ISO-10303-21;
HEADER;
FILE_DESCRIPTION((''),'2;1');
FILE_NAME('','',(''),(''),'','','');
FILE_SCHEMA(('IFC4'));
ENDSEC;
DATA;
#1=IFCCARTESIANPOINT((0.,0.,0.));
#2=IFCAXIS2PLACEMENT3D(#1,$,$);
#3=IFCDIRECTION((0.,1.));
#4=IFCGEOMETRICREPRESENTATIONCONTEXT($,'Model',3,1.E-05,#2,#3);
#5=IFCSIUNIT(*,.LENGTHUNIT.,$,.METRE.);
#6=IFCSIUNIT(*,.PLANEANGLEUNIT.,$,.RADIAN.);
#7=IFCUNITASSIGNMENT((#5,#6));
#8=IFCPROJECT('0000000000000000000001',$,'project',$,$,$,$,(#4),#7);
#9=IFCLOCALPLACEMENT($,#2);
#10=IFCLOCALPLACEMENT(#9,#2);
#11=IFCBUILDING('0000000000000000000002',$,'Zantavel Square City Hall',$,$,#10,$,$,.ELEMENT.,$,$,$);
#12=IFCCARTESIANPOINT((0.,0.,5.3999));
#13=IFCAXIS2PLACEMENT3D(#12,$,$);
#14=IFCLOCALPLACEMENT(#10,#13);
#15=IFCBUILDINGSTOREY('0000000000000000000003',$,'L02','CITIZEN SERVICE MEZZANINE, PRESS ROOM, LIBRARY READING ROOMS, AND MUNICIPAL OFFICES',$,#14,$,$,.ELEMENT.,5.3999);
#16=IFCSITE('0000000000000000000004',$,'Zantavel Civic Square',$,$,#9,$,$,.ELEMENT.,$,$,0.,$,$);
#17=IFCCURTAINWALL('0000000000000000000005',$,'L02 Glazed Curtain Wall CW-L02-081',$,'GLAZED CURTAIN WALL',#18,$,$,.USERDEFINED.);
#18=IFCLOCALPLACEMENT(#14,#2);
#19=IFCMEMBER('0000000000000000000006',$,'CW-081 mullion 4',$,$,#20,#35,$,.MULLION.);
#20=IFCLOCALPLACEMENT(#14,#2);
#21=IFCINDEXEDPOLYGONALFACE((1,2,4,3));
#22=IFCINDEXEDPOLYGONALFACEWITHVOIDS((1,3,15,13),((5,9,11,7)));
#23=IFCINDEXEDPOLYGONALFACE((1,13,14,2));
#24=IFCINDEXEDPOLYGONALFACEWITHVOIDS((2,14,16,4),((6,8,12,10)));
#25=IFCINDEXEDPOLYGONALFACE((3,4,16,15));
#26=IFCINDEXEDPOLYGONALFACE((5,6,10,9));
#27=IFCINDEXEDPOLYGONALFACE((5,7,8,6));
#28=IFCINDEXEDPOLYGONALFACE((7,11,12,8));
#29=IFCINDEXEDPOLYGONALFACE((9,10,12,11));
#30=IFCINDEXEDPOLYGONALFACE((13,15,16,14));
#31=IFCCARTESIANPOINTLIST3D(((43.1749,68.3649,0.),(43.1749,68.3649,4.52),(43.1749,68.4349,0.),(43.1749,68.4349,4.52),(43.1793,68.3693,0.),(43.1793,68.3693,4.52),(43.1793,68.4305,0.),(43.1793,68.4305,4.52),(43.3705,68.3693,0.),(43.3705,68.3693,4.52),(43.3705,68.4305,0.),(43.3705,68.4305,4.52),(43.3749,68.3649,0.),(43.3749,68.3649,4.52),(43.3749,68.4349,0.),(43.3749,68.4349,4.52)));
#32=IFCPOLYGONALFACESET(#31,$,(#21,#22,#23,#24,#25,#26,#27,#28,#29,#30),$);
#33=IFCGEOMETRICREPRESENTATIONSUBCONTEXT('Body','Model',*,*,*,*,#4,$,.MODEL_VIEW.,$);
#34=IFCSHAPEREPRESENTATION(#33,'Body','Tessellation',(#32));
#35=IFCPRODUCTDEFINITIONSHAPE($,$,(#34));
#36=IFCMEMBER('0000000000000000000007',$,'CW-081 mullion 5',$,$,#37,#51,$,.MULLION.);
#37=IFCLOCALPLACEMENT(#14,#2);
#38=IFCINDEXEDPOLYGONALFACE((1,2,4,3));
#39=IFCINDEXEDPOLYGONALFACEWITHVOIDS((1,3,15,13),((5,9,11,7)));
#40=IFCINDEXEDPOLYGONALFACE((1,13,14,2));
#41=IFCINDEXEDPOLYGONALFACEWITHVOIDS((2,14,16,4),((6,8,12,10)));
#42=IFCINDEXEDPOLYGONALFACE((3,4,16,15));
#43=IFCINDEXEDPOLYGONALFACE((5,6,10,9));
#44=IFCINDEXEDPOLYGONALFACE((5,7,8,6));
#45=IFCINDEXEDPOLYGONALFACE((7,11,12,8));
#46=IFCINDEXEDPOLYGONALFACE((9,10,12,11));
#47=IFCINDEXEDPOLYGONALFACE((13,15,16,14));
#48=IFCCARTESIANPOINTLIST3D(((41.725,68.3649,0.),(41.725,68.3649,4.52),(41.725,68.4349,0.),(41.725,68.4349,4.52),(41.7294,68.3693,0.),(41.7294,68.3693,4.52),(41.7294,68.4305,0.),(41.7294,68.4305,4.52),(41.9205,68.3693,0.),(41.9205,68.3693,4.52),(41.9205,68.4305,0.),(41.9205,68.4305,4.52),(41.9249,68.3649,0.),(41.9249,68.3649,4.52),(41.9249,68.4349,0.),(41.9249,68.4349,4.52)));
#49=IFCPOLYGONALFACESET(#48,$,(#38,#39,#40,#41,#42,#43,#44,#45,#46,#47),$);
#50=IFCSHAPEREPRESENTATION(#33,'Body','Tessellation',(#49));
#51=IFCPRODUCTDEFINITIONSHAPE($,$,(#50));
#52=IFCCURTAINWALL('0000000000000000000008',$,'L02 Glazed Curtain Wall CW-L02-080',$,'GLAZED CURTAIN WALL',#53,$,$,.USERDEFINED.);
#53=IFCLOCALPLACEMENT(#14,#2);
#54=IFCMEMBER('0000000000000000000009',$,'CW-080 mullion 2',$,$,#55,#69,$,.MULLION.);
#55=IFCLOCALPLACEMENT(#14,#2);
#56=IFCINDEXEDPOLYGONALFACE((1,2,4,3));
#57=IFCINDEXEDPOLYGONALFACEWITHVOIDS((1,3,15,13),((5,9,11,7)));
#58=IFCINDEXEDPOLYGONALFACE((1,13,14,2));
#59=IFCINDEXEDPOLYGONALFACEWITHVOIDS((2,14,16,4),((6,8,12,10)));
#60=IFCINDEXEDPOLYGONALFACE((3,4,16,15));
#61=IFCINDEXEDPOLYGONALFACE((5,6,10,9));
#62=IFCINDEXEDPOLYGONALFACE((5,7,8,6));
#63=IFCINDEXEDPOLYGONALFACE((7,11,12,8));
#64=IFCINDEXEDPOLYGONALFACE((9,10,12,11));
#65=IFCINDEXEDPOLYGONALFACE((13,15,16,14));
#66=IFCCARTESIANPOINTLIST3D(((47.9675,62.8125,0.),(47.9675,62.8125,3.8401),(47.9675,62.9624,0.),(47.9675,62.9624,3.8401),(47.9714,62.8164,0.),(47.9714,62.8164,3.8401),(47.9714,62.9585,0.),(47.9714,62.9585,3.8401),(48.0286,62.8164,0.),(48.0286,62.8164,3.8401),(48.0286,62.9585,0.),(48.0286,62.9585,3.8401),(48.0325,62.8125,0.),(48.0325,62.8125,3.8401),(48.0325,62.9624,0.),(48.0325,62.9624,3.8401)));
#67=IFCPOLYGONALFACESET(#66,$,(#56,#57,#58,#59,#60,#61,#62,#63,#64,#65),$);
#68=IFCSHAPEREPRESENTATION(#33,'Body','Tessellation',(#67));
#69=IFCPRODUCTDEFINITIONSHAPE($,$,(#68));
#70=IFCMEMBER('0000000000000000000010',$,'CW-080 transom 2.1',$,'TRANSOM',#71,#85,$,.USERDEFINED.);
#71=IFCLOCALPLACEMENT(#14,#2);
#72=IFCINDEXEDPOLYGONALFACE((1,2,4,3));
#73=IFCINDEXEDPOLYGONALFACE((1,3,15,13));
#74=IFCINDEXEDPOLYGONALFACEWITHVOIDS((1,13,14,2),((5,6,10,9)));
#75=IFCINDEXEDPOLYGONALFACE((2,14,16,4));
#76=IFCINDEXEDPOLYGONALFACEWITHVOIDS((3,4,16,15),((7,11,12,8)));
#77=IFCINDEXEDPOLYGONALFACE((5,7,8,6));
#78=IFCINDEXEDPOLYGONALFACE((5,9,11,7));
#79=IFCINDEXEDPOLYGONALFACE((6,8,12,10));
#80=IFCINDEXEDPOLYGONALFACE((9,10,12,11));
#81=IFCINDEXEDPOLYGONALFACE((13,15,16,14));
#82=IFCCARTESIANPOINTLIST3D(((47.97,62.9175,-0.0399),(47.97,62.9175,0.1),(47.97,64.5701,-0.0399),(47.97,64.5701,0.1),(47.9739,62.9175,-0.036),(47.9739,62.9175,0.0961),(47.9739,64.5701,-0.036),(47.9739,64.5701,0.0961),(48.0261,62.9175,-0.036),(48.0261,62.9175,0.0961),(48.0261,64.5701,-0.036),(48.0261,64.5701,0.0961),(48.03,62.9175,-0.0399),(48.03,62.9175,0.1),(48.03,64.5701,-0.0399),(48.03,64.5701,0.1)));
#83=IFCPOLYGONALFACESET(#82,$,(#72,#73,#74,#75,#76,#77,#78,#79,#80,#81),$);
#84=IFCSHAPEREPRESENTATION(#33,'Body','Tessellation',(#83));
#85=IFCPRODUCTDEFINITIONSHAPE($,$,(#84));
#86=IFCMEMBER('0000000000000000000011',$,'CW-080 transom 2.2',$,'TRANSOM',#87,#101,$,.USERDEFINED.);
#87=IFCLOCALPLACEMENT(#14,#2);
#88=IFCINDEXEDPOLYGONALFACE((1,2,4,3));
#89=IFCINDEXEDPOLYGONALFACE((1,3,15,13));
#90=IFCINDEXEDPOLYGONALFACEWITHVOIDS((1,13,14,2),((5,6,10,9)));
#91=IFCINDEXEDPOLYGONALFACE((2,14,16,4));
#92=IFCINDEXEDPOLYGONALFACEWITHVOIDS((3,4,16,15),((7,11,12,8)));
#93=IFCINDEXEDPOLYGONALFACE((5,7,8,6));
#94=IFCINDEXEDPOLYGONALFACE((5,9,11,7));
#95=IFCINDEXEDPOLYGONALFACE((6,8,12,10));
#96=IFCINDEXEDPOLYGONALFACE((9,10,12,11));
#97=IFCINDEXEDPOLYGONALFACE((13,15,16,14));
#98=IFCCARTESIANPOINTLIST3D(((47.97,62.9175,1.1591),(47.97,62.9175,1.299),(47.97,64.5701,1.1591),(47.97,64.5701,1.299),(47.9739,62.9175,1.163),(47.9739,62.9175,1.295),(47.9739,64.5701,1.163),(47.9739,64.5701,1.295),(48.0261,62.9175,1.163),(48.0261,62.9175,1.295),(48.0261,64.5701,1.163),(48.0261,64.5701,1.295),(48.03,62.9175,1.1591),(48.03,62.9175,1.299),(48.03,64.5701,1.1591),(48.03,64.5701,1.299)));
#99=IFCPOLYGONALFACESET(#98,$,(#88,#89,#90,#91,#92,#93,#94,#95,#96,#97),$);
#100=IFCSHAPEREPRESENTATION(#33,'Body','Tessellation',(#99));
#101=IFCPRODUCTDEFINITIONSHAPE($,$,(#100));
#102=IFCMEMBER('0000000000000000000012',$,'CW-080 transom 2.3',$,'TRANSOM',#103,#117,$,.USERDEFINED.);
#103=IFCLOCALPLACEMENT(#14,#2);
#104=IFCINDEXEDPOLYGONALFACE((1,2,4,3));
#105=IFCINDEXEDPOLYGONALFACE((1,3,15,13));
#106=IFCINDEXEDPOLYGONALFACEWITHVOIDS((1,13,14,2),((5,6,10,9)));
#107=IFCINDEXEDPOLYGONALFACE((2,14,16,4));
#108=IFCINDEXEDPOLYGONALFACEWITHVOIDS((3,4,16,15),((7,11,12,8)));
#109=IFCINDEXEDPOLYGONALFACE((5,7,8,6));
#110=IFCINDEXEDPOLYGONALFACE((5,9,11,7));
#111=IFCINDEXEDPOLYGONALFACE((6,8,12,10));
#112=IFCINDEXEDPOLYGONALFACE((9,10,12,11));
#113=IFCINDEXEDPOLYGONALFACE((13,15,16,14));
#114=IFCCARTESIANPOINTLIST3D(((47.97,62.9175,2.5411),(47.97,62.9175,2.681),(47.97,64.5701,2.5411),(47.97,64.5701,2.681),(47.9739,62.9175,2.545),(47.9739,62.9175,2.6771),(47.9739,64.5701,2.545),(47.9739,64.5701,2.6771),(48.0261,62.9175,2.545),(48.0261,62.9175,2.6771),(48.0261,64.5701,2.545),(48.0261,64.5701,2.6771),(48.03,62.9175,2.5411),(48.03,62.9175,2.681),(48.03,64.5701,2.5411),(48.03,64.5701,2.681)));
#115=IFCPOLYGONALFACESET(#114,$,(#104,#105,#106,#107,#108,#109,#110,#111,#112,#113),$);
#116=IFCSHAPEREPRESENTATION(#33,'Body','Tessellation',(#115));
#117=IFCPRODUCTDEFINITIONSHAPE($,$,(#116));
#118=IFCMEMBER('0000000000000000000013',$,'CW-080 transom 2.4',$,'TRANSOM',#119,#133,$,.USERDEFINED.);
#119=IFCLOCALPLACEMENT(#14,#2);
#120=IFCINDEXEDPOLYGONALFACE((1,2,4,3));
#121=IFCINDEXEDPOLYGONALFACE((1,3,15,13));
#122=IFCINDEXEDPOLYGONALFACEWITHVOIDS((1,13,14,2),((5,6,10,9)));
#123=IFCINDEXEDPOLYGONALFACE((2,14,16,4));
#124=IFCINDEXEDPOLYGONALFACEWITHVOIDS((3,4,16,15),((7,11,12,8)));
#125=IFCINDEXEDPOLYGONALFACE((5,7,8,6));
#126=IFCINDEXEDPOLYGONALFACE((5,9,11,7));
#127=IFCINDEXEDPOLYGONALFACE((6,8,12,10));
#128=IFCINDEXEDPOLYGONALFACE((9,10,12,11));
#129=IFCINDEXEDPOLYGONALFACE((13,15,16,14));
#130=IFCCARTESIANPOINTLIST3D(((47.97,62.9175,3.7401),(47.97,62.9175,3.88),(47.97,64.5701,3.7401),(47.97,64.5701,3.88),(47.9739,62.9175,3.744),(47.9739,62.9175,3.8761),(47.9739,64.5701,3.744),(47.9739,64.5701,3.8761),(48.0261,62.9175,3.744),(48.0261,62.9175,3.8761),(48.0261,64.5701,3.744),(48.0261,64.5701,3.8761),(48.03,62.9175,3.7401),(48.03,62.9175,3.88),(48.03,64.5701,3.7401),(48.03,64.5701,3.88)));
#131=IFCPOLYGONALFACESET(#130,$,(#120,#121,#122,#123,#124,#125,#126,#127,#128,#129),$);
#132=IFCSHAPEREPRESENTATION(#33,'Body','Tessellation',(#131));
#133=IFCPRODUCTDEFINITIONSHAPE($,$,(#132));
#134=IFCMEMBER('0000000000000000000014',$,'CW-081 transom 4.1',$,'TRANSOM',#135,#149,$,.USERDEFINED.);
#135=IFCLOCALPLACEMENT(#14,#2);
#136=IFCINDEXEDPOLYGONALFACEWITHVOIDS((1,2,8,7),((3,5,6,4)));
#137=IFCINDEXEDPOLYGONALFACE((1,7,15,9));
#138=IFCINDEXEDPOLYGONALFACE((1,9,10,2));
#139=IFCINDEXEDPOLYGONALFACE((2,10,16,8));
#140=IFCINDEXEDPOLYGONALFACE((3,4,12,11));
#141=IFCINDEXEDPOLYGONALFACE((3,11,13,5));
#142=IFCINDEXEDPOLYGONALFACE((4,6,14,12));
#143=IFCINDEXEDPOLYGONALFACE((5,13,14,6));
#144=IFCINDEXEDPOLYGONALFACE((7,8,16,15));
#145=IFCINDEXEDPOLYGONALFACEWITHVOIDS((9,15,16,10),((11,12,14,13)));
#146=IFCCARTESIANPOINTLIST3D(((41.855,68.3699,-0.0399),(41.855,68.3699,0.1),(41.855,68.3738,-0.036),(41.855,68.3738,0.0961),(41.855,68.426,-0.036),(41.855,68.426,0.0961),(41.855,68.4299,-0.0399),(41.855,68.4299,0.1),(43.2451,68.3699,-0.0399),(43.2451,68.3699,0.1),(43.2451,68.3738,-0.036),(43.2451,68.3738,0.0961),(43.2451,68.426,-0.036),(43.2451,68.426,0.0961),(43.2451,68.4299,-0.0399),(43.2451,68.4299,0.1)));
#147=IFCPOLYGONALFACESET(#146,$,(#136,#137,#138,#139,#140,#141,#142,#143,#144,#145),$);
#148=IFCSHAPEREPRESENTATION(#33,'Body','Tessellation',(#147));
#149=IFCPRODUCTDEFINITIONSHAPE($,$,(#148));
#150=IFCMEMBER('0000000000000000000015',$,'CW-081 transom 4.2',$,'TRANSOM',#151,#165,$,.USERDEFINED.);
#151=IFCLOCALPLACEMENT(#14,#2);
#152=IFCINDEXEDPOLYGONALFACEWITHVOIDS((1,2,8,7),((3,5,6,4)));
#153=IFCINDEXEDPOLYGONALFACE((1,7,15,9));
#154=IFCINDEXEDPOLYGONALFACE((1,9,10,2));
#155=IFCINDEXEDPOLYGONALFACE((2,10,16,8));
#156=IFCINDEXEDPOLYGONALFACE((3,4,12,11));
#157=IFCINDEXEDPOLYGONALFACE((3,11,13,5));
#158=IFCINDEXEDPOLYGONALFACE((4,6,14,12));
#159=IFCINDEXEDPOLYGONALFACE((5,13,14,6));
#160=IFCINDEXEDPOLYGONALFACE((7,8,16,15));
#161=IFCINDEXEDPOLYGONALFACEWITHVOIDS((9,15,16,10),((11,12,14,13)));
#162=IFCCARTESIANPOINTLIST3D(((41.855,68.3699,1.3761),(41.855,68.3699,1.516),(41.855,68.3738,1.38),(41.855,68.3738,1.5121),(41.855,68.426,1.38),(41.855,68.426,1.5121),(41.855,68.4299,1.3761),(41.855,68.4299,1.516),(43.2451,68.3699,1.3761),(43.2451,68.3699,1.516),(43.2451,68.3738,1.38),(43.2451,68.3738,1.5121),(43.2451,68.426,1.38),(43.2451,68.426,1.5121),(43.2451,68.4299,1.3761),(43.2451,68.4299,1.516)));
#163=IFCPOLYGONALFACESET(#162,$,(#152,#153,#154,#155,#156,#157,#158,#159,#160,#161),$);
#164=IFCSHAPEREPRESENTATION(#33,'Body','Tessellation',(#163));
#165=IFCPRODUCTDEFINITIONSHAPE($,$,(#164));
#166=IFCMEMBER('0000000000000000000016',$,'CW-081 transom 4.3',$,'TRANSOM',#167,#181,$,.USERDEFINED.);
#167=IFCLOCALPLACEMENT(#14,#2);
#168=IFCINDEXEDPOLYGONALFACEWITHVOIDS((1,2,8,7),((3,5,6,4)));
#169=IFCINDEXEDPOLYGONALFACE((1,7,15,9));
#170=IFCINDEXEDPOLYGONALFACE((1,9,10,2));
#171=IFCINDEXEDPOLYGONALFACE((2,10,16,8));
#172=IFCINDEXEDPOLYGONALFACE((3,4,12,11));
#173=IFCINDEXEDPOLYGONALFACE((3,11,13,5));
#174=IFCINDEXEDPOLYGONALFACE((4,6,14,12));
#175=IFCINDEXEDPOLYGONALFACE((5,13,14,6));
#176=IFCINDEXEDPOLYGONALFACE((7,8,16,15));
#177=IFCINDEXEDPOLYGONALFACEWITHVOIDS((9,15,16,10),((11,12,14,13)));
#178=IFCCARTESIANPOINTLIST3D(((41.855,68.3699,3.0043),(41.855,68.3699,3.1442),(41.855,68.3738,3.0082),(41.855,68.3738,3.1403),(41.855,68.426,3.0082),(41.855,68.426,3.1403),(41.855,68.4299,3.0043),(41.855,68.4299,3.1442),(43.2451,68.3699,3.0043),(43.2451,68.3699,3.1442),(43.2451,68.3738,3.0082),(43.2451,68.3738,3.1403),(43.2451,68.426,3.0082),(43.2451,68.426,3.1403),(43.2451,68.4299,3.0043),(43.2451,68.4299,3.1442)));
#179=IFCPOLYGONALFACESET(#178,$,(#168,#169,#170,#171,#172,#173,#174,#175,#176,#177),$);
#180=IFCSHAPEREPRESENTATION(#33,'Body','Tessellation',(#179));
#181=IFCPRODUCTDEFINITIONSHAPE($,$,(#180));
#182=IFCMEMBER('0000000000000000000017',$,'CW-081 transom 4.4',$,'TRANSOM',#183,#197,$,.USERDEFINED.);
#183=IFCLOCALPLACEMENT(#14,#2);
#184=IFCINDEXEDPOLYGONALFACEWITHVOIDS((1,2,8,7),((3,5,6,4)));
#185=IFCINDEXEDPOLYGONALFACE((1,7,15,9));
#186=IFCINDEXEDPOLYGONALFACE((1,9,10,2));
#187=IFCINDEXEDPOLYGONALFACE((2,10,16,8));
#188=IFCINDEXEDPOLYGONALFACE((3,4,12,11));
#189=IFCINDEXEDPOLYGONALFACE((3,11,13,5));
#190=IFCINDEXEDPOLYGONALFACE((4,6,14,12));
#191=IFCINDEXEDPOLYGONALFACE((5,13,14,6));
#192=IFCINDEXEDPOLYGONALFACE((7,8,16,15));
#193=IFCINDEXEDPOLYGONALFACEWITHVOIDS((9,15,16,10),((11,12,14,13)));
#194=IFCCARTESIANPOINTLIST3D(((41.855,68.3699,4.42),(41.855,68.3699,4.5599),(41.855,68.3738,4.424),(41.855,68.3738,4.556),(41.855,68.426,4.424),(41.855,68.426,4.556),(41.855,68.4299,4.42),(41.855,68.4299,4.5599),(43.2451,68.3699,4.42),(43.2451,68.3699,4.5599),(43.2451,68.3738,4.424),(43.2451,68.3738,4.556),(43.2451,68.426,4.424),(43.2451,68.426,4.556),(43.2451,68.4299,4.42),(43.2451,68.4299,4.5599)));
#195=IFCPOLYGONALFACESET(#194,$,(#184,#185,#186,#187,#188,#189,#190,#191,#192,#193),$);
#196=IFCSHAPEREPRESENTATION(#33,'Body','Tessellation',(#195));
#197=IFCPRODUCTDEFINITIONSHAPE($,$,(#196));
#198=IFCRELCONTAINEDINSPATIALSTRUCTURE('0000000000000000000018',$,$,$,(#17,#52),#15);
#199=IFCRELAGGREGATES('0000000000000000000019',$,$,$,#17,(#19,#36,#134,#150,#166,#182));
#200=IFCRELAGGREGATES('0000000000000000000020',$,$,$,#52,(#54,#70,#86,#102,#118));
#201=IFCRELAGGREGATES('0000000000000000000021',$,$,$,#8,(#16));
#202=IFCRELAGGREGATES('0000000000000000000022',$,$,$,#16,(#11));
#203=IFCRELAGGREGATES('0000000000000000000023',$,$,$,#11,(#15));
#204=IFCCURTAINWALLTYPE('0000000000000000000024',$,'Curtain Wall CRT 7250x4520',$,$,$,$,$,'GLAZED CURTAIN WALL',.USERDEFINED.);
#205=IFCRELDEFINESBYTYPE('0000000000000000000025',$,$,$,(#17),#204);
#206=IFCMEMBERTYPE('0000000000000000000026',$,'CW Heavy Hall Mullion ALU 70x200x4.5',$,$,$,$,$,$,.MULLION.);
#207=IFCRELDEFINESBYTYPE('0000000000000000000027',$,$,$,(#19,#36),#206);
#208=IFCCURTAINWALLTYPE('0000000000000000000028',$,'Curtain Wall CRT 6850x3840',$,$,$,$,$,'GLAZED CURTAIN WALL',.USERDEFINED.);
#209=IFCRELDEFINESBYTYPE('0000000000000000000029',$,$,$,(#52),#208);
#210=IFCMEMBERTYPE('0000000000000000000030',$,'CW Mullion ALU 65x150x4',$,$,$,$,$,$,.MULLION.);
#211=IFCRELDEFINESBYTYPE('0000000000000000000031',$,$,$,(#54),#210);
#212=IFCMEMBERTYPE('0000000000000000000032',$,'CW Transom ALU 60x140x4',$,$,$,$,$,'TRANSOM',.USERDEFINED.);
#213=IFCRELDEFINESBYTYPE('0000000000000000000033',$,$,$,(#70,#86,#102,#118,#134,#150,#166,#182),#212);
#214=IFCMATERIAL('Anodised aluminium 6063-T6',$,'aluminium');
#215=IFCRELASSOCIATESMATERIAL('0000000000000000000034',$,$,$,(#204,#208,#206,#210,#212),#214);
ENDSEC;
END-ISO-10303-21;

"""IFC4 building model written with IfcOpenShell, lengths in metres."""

from ifc_helpers import new_model, si_unit, direction, frame, origin, origin_2d, place, context, subcontext, project, spatial, hollow_rectangle, extrude, material, material_profile, profile_set, type_object, element, aggregate, save


model = new_model("IFC4")

# Units and contexts
model_context = context("Model", 3, precision=1e-05, world=origin(), true_north=direction((0.0, 1.0)))
body_context = subcontext(model_context, "Body", "Model", "MODEL_VIEW")
ifc_project = project(units=[si_unit("LENGTHUNIT", "METRE"), si_unit("PLANEANGLEUNIT", "RADIAN")], contexts=[model_context])

# Site, building, storey
site_placement = place(None, origin())
site = spatial("IfcSite", under=ifc_project, at=site_placement, Name="Zantavel Civic Square", CompositionType="ELEMENT", RefElevation=0.0)
building_placement = place(site_placement, origin())
building = spatial("IfcBuilding", under=site, at=building_placement, Name="Zantavel Square City Hall", CompositionType="ELEMENT")
storey_placement = place(building_placement, frame((0.0, 0.0, 5.3999)))
storey = spatial("IfcBuildingStorey", under=building, at=storey_placement, Name="L02", Description="CITIZEN SERVICE MEZZANINE, PRESS ROOM, LIBRARY READING ROOMS, AND MUNICIPAL OFFICES", CompositionType="ELEMENT", Elevation=5.3999)

# Curtain walls, members
ifc_material_1 = material(Name="Anodised aluminium 6063-T6", Category="aluminium")
curtain_wall_type_1 = type_object("IfcCurtainWallType", Name="Curtain Wall CRT 7250x4520", ElementType="GLAZED CURTAIN WALL", PredefinedType="USERDEFINED", material=ifc_material_1)
curtain_wall_1_placement = place(storey_placement, origin())
curtain_wall_1 = element("IfcCurtainWall", 1, at=curtain_wall_1_placement, inside=storey, type_object=curtain_wall_type_1, Name="L02 Glazed Curtain Wall CW-L02-081", ObjectType="GLAZED CURTAIN WALL", PredefinedType="USERDEFINED")
ifc_material_profile_1 = material_profile(ifc_material_1, hollow_rectangle(XDim=0.0701, YDim=0.2, WallThickness=0.0044, at=origin_2d()), Name="ALU 70x200x4.5")
ifc_profile_set_1 = profile_set([ifc_material_profile_1], Name="Anodised aluminium 6063-T6")
member_type_1 = type_object("IfcMemberType", Name="CW Heavy Hall Mullion ALU 70x200x4.5", PredefinedType="MULLION", material=ifc_profile_set_1)
member_1_placement = place(storey_placement, frame((43.2749, 68.3999, 0.0), z_axis=(0.0, 0.0, 1.0), x_axis=(0.0, -1.0, 0.0)))
member_1 = element("IfcMember", 2, at=member_1_placement, type_object=member_type_1, Name="CW-081 mullion 4", PredefinedType="MULLION", context=body_context, shape_type="SweptSolid", body=[
    extrude(hollow_rectangle(XDim=0.0701, YDim=0.2, WallThickness=0.0044, at=origin_2d()), origin(), (0.0, 0.0, 1.0), 4.52),
])
member_2_placement = place(storey_placement, frame((41.825, 68.3999, 0.0), z_axis=(0.0, 0.0, 1.0), x_axis=(0.0, -1.0, 0.0)))
member_2 = element("IfcMember", 3, at=member_2_placement, type_object=member_type_1, Name="CW-081 mullion 5", PredefinedType="MULLION", context=body_context, shape_type="SweptSolid", body=[
    extrude(hollow_rectangle(XDim=0.0701, YDim=0.2, WallThickness=0.0044, at=origin_2d()), origin(), (0.0, 0.0, 1.0), 4.52),
])
curtain_wall_type_2 = type_object("IfcCurtainWallType", Name="Curtain Wall CRT 6850x3840", ElementType="GLAZED CURTAIN WALL", PredefinedType="USERDEFINED", material=ifc_material_1)
curtain_wall_2_placement = place(storey_placement, origin())
curtain_wall_2 = element("IfcCurtainWall", 4, at=curtain_wall_2_placement, inside=storey, type_object=curtain_wall_type_2, Name="L02 Glazed Curtain Wall CW-L02-080", ObjectType="GLAZED CURTAIN WALL", PredefinedType="USERDEFINED")
ifc_material_profile_2 = material_profile(ifc_material_1, hollow_rectangle(XDim=0.0649, YDim=0.1499, WallThickness=0.0039, at=origin_2d()), Name="ALU 65x150x4")
ifc_profile_set_2 = profile_set([ifc_material_profile_2], Name="Anodised aluminium 6063-T6")
member_type_2 = type_object("IfcMemberType", Name="CW Mullion ALU 65x150x4", PredefinedType="MULLION", material=ifc_profile_set_2)
member_3_placement = place(storey_placement, frame((48.0, 62.8875, 0.0), z_axis=(0.0, 0.0, 1.0), x_axis=(-1.0, 0.0, 0.0)))
member_3 = element("IfcMember", 5, at=member_3_placement, type_object=member_type_2, Name="CW-080 mullion 2", PredefinedType="MULLION", context=body_context, shape_type="SweptSolid", body=[
    extrude(hollow_rectangle(XDim=0.0649, YDim=0.1499, WallThickness=0.0039, at=origin_2d()), origin(), (0.0, 0.0, 1.0), 3.8401),
])
ifc_material_profile_3 = material_profile(ifc_material_1, hollow_rectangle(XDim=0.0601, YDim=0.1399, WallThickness=0.0039, at=origin_2d()), Name="ALU 60x140x4")
ifc_profile_set_3 = profile_set([ifc_material_profile_3], Name="Anodised aluminium 6063-T6")
member_type_3 = type_object("IfcMemberType", Name="CW Transom ALU 60x140x4", ElementType="TRANSOM", PredefinedType="USERDEFINED", material=ifc_profile_set_3)
member_4_placement = place(storey_placement, frame((48.0, 62.9175, 0.03), z_axis=(0.0, 1.0, 0.0), x_axis=(-1.0, 0.0, 0.0)))
member_4 = element("IfcMember", 6, at=member_4_placement, type_object=member_type_3, Name="CW-080 transom 2.1", ObjectType="TRANSOM", PredefinedType="USERDEFINED", context=body_context, shape_type="SweptSolid", body=[
    extrude(hollow_rectangle(XDim=0.0601, YDim=0.1399, WallThickness=0.0039, at=origin_2d()), origin(), (0.0, 0.0, 1.0), 1.6526),
])
member_5_placement = place(storey_placement, frame((48.0, 62.9175, 1.229), z_axis=(0.0, 1.0, 0.0), x_axis=(-1.0, 0.0, 0.0)))
member_5 = element("IfcMember", 7, at=member_5_placement, type_object=member_type_3, Name="CW-080 transom 2.2", ObjectType="TRANSOM", PredefinedType="USERDEFINED", context=body_context, shape_type="SweptSolid", body=[
    extrude(hollow_rectangle(XDim=0.0601, YDim=0.1399, WallThickness=0.0039, at=origin_2d()), origin(), (0.0, 0.0, 1.0), 1.6526),
])
member_6_placement = place(storey_placement, frame((48.0, 62.9175, 2.6111), z_axis=(0.0, 1.0, 0.0), x_axis=(-1.0, 0.0, 0.0)))
member_6 = element("IfcMember", 8, at=member_6_placement, type_object=member_type_3, Name="CW-080 transom 2.3", ObjectType="TRANSOM", PredefinedType="USERDEFINED", context=body_context, shape_type="SweptSolid", body=[
    extrude(hollow_rectangle(XDim=0.0601, YDim=0.1399, WallThickness=0.0039, at=origin_2d()), origin(), (0.0, 0.0, 1.0), 1.6526),
])
member_7_placement = place(storey_placement, frame((48.0, 62.9175, 3.8101), z_axis=(0.0, 1.0, 0.0), x_axis=(-1.0, 0.0, 0.0)))
member_7 = element("IfcMember", 9, at=member_7_placement, type_object=member_type_3, Name="CW-080 transom 2.4", ObjectType="TRANSOM", PredefinedType="USERDEFINED", context=body_context, shape_type="SweptSolid", body=[
    extrude(hollow_rectangle(XDim=0.0601, YDim=0.1399, WallThickness=0.0039, at=origin_2d()), origin(), (0.0, 0.0, 1.0), 1.6526),
])

# Members
member_8_placement = place(storey_placement, frame((43.2451, 68.3999, 0.03), z_axis=(-1.0, 0.0, 0.0), x_axis=(0.0, -1.0, 0.0)))
member_8 = element("IfcMember", 10, at=member_8_placement, type_object=member_type_3, Name="CW-081 transom 4.1", ObjectType="TRANSOM", PredefinedType="USERDEFINED", context=body_context, shape_type="SweptSolid", body=[
    extrude(hollow_rectangle(XDim=0.0601, YDim=0.1399, WallThickness=0.0039, at=origin_2d()), origin(), (0.0, 0.0, 1.0), 1.3901),
])
member_9_placement = place(storey_placement, frame((43.2451, 68.3999, 1.446), z_axis=(-1.0, 0.0, 0.0), x_axis=(0.0, -1.0, 0.0)))
member_9 = element("IfcMember", 11, at=member_9_placement, type_object=member_type_3, Name="CW-081 transom 4.2", ObjectType="TRANSOM", PredefinedType="USERDEFINED", context=body_context, shape_type="SweptSolid", body=[
    extrude(hollow_rectangle(XDim=0.0601, YDim=0.1399, WallThickness=0.0039, at=origin_2d()), origin(), (0.0, 0.0, 1.0), 1.3901),
])
member_10_placement = place(storey_placement, frame((43.2451, 68.3999, 3.0742), z_axis=(-1.0, 0.0, 0.0), x_axis=(0.0, -1.0, 0.0)))
member_10 = element("IfcMember", 12, at=member_10_placement, type_object=member_type_3, Name="CW-081 transom 4.3", ObjectType="TRANSOM", PredefinedType="USERDEFINED", context=body_context, shape_type="SweptSolid", body=[
    extrude(hollow_rectangle(XDim=0.0601, YDim=0.1399, WallThickness=0.0039, at=origin_2d()), origin(), (0.0, 0.0, 1.0), 1.3901),
])
member_11_placement = place(storey_placement, frame((43.2451, 68.3999, 4.49), z_axis=(-1.0, 0.0, 0.0), x_axis=(0.0, -1.0, 0.0)))
member_11 = element("IfcMember", 13, at=member_11_placement, type_object=member_type_3, Name="CW-081 transom 4.4", ObjectType="TRANSOM", PredefinedType="USERDEFINED", context=body_context, shape_type="SweptSolid", body=[
    extrude(hollow_rectangle(XDim=0.0601, YDim=0.1399, WallThickness=0.0039, at=origin_2d()), origin(), (0.0, 0.0, 1.0), 1.3901),
])

aggregate(curtain_wall_1, [member_1, member_2, member_8, member_9, member_10, member_11])
aggregate(curtain_wall_2, [member_3, member_4, member_5, member_6, member_7])

save(model, "model.ifc")
